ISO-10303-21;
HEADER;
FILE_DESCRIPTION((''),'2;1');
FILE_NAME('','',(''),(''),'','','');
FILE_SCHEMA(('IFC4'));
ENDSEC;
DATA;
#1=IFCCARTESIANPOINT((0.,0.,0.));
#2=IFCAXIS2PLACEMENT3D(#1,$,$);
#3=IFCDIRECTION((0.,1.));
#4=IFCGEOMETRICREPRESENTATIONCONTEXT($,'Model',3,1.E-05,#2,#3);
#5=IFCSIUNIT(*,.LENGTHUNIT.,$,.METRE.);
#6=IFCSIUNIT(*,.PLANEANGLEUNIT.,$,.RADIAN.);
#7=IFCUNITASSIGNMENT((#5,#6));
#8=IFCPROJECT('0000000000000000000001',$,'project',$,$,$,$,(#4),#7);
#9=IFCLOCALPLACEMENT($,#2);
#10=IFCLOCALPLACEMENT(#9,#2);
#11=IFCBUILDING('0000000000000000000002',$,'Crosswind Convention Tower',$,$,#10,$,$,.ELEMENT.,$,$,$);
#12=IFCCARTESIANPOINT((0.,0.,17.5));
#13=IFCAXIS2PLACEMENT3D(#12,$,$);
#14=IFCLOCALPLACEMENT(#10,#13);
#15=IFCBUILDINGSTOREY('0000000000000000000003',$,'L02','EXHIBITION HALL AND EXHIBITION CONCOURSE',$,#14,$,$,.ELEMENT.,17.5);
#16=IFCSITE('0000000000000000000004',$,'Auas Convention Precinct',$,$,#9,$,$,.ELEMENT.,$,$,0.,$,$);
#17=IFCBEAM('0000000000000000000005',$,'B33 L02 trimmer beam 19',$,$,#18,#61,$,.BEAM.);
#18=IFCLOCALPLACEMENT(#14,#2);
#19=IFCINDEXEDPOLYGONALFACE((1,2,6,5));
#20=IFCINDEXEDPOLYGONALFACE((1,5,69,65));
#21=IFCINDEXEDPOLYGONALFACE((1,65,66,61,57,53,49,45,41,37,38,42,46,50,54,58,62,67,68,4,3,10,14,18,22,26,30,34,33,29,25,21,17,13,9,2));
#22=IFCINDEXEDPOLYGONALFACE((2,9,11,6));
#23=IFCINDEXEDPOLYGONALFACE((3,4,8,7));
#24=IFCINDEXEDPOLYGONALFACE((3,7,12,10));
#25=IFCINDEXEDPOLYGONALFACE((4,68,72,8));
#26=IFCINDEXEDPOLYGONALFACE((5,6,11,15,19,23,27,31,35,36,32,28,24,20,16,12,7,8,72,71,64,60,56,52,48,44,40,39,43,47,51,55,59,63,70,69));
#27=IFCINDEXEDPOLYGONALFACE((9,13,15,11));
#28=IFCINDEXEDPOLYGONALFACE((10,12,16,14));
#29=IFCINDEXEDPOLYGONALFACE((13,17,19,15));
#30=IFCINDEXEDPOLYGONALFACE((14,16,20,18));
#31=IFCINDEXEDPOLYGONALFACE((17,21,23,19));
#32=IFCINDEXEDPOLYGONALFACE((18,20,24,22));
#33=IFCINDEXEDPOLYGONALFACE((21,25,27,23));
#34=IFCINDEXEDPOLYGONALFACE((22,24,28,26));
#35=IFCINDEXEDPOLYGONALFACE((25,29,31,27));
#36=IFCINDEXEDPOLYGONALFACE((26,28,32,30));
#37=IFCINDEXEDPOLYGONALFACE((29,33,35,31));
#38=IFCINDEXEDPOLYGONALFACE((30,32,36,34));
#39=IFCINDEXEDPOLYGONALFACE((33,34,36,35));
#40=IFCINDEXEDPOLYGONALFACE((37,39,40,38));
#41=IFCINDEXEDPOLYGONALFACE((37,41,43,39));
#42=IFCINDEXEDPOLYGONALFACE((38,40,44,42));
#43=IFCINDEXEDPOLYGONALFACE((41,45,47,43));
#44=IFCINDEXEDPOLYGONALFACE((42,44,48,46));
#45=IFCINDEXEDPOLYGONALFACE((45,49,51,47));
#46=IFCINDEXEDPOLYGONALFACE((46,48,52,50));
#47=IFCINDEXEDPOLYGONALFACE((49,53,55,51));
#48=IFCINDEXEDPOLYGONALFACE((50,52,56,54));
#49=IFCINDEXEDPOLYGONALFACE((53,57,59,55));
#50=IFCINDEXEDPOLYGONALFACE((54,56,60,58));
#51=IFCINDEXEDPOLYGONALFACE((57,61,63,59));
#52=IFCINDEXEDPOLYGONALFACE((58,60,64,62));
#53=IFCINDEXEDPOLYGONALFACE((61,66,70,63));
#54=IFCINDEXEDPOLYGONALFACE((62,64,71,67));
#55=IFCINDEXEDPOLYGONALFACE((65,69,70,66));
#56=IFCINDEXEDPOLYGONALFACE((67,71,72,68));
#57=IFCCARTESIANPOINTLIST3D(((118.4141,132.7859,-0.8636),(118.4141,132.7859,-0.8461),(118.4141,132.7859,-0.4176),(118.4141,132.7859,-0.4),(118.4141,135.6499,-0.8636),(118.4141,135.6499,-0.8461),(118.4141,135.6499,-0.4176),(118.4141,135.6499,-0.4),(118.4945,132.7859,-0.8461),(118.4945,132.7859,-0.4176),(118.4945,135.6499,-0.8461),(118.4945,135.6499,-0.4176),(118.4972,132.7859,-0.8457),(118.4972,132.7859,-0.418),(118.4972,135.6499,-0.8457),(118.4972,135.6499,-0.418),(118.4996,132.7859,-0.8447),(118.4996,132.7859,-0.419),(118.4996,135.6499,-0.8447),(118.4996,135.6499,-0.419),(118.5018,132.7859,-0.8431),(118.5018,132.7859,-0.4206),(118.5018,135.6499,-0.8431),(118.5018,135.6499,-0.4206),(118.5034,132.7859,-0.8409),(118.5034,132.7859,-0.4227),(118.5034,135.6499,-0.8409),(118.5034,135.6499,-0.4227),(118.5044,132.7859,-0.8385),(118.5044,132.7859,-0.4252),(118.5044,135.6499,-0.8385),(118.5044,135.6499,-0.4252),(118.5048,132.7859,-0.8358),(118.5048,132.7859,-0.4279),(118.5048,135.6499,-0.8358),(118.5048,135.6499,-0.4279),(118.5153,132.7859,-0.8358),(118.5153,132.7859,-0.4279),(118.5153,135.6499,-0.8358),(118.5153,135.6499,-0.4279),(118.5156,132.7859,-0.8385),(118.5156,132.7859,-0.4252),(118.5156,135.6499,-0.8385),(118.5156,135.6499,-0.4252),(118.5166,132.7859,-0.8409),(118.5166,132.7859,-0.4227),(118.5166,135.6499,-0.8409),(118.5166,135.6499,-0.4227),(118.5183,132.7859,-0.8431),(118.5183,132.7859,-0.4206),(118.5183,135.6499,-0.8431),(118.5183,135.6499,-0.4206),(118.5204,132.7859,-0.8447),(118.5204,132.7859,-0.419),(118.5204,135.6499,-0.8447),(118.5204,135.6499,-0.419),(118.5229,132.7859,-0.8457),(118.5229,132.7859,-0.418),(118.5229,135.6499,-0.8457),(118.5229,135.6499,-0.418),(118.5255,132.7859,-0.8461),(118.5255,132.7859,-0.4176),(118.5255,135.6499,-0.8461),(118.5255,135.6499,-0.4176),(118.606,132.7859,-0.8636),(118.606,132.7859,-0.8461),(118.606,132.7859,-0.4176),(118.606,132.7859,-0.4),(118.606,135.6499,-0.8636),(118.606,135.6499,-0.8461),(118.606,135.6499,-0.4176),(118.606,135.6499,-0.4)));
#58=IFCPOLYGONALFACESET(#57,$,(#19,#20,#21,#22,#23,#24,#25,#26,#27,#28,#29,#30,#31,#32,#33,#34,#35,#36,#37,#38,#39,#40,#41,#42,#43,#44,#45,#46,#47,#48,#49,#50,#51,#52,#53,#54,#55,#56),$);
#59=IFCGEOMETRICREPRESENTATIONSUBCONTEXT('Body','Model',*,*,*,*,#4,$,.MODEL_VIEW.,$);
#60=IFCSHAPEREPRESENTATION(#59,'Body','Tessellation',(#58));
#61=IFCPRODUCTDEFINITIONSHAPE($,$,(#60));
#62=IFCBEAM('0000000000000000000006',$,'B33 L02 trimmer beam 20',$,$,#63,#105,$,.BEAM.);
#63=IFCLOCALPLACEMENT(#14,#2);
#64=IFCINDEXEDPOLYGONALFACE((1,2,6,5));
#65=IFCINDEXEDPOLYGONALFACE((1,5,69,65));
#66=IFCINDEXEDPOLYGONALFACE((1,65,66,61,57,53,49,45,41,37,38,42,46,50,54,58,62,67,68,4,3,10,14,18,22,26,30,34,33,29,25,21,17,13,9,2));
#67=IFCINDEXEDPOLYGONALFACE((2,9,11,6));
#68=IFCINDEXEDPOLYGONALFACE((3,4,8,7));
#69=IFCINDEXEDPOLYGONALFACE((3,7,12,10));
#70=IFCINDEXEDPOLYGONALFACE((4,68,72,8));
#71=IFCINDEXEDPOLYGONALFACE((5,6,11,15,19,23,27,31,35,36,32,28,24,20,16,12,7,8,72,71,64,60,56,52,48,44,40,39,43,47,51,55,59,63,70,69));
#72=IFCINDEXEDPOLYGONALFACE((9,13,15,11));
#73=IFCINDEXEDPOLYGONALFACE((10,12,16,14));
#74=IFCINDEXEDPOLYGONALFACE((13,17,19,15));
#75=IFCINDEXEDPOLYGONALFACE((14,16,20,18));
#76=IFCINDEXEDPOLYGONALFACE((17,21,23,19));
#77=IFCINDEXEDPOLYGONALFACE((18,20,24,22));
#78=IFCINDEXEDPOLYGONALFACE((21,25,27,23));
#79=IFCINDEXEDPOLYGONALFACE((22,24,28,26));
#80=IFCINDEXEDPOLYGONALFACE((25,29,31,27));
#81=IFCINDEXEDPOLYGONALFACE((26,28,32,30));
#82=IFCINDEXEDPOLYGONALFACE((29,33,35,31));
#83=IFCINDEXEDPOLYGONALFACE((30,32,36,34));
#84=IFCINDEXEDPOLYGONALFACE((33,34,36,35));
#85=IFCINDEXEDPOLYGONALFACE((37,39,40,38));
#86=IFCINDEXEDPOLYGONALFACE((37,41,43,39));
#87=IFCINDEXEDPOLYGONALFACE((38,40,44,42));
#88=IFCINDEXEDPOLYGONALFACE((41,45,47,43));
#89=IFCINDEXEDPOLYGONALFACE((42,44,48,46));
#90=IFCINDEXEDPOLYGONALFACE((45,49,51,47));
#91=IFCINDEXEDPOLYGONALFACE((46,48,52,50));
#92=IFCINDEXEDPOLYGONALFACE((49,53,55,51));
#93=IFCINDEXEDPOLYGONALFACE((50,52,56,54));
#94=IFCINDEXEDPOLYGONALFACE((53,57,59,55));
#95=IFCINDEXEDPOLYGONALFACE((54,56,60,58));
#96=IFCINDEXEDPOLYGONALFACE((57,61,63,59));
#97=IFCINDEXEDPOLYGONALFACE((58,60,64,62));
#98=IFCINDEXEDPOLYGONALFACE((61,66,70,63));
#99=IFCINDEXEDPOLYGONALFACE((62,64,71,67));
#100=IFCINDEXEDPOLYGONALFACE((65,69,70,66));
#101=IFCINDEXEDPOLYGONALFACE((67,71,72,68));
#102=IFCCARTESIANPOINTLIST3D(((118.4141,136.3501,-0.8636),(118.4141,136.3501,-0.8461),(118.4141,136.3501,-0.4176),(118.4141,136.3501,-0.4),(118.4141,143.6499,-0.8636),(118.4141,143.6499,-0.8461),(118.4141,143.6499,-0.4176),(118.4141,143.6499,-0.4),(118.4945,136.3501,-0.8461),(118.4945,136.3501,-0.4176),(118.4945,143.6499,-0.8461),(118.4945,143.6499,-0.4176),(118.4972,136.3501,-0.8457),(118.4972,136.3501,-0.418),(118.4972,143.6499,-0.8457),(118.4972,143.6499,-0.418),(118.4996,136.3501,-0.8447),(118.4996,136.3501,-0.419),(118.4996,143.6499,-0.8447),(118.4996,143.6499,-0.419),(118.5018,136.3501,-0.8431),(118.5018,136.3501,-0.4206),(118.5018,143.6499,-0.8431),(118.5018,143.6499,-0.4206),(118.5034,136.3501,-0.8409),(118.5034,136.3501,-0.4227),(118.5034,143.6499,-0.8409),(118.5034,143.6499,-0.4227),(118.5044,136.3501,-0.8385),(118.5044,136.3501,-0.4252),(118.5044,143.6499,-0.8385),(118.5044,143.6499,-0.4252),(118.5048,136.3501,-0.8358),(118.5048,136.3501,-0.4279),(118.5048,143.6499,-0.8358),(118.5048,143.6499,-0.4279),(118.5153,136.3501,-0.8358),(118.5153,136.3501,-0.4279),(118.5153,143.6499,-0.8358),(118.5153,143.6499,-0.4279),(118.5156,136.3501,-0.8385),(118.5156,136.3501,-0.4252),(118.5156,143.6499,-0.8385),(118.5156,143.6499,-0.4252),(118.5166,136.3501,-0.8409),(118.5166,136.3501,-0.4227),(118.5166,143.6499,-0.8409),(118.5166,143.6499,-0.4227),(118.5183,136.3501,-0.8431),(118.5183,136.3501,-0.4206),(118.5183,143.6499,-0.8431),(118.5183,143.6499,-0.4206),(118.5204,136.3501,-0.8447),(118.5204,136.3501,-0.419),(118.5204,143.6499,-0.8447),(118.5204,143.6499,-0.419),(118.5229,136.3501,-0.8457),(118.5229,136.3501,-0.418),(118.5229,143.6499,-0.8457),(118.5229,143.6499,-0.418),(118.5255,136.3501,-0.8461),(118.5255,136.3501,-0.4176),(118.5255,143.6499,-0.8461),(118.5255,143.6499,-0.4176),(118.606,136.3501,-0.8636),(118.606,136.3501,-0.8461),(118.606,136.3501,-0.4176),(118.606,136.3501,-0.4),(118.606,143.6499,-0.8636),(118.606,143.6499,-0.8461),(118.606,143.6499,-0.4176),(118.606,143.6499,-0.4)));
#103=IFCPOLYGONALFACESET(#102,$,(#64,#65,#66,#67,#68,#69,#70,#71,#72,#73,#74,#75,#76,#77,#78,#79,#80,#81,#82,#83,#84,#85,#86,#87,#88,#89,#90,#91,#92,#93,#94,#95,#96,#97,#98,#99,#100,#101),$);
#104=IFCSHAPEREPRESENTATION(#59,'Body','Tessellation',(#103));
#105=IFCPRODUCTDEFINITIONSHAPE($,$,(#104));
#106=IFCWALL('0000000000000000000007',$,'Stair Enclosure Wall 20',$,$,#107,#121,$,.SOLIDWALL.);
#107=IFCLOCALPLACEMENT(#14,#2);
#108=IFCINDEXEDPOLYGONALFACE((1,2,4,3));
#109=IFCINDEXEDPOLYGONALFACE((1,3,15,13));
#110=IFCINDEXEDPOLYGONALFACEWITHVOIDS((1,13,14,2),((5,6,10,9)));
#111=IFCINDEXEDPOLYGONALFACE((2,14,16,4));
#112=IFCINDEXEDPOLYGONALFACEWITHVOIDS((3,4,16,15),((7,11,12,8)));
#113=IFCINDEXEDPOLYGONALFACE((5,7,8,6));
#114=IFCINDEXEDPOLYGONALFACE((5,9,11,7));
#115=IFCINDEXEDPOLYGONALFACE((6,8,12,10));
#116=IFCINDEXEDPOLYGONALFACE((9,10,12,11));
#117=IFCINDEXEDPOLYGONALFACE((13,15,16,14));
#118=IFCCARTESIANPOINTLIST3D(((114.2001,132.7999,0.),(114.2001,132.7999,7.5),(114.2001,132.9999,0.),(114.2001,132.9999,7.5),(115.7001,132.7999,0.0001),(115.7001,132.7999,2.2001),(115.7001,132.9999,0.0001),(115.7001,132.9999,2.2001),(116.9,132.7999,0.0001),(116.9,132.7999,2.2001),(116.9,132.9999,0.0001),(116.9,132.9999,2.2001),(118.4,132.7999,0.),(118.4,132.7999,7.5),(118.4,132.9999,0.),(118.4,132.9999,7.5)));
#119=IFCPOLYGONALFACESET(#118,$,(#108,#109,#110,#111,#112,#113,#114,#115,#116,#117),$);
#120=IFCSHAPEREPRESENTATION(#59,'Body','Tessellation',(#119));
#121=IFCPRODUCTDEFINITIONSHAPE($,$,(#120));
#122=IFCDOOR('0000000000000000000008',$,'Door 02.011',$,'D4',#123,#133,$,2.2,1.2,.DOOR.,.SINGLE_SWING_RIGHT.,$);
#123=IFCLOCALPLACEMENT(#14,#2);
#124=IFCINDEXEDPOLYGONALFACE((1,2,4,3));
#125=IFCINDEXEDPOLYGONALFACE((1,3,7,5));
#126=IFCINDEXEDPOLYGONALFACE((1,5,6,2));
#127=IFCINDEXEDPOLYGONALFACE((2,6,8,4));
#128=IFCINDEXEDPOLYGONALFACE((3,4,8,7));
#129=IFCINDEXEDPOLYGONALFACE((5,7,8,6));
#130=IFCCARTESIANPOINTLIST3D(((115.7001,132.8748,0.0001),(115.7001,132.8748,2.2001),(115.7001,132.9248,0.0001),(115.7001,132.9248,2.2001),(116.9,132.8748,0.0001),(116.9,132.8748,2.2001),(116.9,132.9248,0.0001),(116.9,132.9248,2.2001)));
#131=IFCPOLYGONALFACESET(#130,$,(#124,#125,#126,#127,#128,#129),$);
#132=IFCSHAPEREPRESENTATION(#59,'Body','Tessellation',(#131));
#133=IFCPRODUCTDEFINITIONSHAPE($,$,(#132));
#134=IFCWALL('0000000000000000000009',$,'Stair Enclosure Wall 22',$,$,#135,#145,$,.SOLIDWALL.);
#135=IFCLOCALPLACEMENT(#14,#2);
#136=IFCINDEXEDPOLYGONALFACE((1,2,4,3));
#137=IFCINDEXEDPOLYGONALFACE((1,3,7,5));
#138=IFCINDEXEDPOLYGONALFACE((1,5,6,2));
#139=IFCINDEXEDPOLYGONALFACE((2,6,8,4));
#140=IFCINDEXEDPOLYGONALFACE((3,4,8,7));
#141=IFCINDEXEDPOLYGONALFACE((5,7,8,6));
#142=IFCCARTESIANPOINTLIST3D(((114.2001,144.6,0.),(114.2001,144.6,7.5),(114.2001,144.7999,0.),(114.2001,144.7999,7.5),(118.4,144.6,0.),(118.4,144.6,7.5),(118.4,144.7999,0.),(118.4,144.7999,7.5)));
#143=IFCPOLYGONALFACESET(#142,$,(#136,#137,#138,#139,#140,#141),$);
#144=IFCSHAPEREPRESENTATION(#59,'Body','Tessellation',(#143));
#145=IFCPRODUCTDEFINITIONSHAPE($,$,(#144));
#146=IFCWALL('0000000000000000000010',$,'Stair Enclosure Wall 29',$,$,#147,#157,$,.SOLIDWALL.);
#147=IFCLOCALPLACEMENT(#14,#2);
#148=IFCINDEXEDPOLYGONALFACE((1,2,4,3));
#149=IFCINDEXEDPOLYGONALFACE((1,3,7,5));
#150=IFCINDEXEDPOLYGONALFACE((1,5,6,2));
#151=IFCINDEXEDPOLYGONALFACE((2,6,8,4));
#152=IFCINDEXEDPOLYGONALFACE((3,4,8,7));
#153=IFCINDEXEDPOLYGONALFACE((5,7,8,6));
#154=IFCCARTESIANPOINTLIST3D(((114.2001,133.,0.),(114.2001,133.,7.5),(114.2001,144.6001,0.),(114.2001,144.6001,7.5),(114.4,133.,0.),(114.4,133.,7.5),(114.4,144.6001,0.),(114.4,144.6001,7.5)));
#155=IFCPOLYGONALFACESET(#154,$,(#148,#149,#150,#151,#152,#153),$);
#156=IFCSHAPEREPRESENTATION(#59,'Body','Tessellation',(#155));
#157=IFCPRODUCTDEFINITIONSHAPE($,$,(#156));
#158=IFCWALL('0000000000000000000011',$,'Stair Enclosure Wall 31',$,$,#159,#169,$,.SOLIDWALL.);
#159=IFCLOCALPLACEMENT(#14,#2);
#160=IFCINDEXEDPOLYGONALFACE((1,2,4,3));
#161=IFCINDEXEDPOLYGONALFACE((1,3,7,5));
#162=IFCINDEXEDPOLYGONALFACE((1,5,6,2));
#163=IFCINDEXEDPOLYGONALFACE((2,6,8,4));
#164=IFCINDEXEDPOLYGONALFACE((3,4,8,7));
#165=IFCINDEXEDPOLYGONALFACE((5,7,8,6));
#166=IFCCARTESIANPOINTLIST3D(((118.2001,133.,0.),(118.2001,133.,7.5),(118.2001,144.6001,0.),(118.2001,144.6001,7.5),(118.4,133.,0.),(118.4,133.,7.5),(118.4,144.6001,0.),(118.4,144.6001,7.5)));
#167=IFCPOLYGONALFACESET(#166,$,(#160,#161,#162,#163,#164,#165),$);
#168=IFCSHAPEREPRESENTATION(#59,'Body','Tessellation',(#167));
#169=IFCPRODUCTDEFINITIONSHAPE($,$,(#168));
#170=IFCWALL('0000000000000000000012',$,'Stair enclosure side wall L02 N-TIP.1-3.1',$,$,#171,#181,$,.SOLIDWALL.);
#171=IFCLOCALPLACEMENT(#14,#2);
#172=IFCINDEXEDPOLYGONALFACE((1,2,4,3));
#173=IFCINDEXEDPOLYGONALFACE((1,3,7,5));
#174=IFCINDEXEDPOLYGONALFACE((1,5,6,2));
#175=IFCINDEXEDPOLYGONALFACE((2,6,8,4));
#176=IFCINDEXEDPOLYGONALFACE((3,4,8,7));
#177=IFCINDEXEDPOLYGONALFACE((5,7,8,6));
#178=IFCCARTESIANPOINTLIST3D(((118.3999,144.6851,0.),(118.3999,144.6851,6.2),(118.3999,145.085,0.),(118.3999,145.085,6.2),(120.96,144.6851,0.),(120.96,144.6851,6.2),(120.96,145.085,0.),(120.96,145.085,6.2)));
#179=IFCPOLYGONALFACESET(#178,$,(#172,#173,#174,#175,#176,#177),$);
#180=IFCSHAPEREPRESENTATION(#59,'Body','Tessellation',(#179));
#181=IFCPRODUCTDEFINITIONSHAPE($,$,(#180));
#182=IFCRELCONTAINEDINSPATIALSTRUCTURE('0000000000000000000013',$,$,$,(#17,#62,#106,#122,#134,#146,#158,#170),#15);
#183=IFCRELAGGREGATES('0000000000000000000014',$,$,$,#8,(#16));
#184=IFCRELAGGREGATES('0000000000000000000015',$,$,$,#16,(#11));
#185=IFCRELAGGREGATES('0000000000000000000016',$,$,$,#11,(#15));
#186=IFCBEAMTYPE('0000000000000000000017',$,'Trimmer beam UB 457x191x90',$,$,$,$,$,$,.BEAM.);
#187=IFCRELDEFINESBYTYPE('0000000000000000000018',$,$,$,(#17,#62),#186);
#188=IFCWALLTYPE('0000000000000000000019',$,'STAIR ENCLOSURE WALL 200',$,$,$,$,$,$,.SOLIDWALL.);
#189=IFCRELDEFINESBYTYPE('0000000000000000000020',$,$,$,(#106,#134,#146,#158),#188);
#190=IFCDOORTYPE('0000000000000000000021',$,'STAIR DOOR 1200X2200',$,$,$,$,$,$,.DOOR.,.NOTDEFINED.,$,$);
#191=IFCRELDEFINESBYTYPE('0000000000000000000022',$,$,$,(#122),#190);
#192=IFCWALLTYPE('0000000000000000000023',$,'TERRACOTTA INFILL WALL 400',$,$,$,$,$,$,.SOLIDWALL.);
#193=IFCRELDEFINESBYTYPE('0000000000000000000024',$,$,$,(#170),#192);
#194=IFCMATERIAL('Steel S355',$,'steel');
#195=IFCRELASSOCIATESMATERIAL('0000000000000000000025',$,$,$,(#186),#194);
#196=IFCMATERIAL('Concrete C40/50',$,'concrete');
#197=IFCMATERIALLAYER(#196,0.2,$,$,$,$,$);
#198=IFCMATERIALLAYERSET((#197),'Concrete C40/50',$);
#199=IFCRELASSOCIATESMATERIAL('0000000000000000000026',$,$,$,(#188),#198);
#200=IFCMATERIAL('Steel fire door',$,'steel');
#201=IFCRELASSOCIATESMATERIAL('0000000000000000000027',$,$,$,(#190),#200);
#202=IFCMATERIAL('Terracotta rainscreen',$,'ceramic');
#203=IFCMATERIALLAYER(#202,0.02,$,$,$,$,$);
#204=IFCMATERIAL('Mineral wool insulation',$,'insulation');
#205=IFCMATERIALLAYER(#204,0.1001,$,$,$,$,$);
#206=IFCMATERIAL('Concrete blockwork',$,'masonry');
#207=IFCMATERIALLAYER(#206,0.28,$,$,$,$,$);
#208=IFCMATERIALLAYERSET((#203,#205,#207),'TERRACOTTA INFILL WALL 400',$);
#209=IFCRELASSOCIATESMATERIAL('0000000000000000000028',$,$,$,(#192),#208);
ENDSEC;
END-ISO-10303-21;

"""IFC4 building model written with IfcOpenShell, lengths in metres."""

from ifc_helpers import new_model, si_unit, direction, frame, frame_2d, origin, origin_2d, place, context, subcontext, project, spatial, rectangle, i_section, extrude, material, layer, layer_set, material_profile, profile_set, type_object, element, fill, save


model = new_model("IFC4")

# Units and contexts
model_context = context("Model", 3, precision=1e-05, world=origin(), true_north=direction((0.0, 1.0)))
body_context = subcontext(model_context, "Body", "Model", "MODEL_VIEW")
ifc_project = project(units=[si_unit("LENGTHUNIT", "METRE"), si_unit("PLANEANGLEUNIT", "RADIAN")], contexts=[model_context])

# Site, building, storey
site_placement = place(None, origin())
site = spatial("IfcSite", under=ifc_project, at=site_placement, Name="Auas Convention Precinct", CompositionType="ELEMENT", RefElevation=0.0)
building_placement = place(site_placement, origin())
building = spatial("IfcBuilding", under=site, at=building_placement, Name="Crosswind Convention Tower", CompositionType="ELEMENT")
storey_placement = place(building_placement, frame((0.0, 0.0, 17.5)))
storey = spatial("IfcBuildingStorey", under=building, at=storey_placement, Name="L02", Description="EXHIBITION HALL AND EXHIBITION CONCOURSE", CompositionType="ELEMENT", Elevation=17.5)

# Shared definitions
ifc_material_1 = material(Name="Steel S355", Category="steel")

# Beams
ifc_material_profile_1 = material_profile(ifc_material_1, i_section(OverallWidth=0.1919, OverallDepth=0.4636, WebThickness=0.0105, FlangeThickness=0.0176, FilletRadius=0.0103, at=origin_2d()), Name="UB 457x191x90")
ifc_profile_set_1 = profile_set([ifc_material_profile_1], Name="Steel S355")
beam_type_1 = type_object("IfcBeamType", Name="Trimmer beam UB 457x191x90", PredefinedType="BEAM", material=ifc_profile_set_1)
beam_1_placement = place(storey_placement, frame((118.51, 132.7859, -0.6318), z_axis=(0.0, 1.0, 0.0), x_axis=(-1.0, 0.0, 0.0)))
element("IfcBeam", 1, at=beam_1_placement, inside=storey, type_object=beam_type_1, Name="B33 L02 trimmer beam 19", PredefinedType="BEAM", context=body_context, shape_type="SweptSolid", body=[
    extrude(i_section(OverallWidth=0.1919, OverallDepth=0.4636, WebThickness=0.0105, FlangeThickness=0.0176, FilletRadius=0.0103, at=origin_2d()), origin(), (0.0, 0.0, 1.0), 2.864),
])
beam_2_placement = place(storey_placement, frame((118.51, 136.3501, -0.6318), z_axis=(0.0, 1.0, 0.0), x_axis=(-1.0, 0.0, 0.0)))
element("IfcBeam", 2, at=beam_2_placement, inside=storey, type_object=beam_type_1, Name="B33 L02 trimmer beam 20", PredefinedType="BEAM", context=body_context, shape_type="SweptSolid", body=[
    extrude(i_section(OverallWidth=0.1919, OverallDepth=0.4636, WebThickness=0.0105, FlangeThickness=0.0176, FilletRadius=0.0103, at=origin_2d()), origin(), (0.0, 0.0, 1.0), 7.2998),
])

# Wall, opening, door
ifc_material_2 = material(Name="Concrete C40/50", Category="concrete")
ifc_layer_1 = layer(ifc_material_2, 0.2)
ifc_layer_set_1 = layer_set([ifc_layer_1], Name="Concrete C40/50")
wall_type_1 = type_object("IfcWallType", Name="STAIR ENCLOSURE WALL 200", PredefinedType="SOLIDWALL", material=ifc_layer_set_1)
wall_1_placement = place(storey_placement, frame((114.2, 132.8999, 0.0), z_axis=(0.0, 0.0, 1.0), x_axis=(1.0, 0.0, 0.0)))
wall_1 = element("IfcWall", 3, at=wall_1_placement, inside=storey, type_object=wall_type_1, Name="Stair Enclosure Wall 20", PredefinedType="SOLIDWALL", context=body_context, shape_type="SweptSolid", body=[
    extrude(rectangle(XDim=4.2, YDim=0.2, at=frame_2d((2.1001, 0.0))), origin(), (0.0, 0.0, 1.0), 7.5),
])
opening_placement = place(wall_1_placement, frame((1.5, 0.0, 0.0)))
opening = element("IfcOpeningElement", 4, at=opening_placement, cuts=wall_1, PredefinedType="OPENING", context=body_context, shape_type="SweptSolid", body=[
    extrude(rectangle(XDim=1.2, YDim=2.2, at=frame_2d((0.6001, 1.1001))), frame((0.0, 0.1099, 0.0), z_axis=(0.0, -1.0, 0.0), x_axis=(1.0, 0.0, 0.0)), (0.0, 0.0, 1.0), 0.22),
])
ifc_material_3 = material(Name="Steel fire door", Category="steel")
door_type = type_object("IfcDoorType", Name="STAIR DOOR 1200X2200", OperationType="NOTDEFINED", PredefinedType="DOOR", material=ifc_material_3)
door_placement = place(opening_placement, origin())
door = element("IfcDoor", 5, at=door_placement, inside=storey, type_object=door_type, Name="Door 02.011", ObjectType="D4", OperationType="SINGLE_SWING_RIGHT", OverallHeight=2.2, OverallWidth=1.2, PredefinedType="DOOR", context=body_context, shape_type="SweptSolid", body=[
    extrude(rectangle(XDim=1.2, YDim=2.2, at=frame_2d((0.6001, 1.1001))), frame((0.0, 0.0249, 0.0), z_axis=(0.0, -1.0, 0.0), x_axis=(1.0, 0.0, 0.0)), (0.0, 0.0, 1.0), 0.05),
])
fill(opening, door)

# Walls
wall_2_placement = place(storey_placement, frame((114.2, 144.7, 0.0), z_axis=(0.0, 0.0, 1.0), x_axis=(1.0, 0.0, 0.0)))
element("IfcWall", 6, at=wall_2_placement, inside=storey, type_object=wall_type_1, Name="Stair Enclosure Wall 22", PredefinedType="SOLIDWALL", context=body_context, shape_type="SweptSolid", body=[
    extrude(rectangle(XDim=4.2, YDim=0.2, at=frame_2d((2.1001, 0.0))), origin(), (0.0, 0.0, 1.0), 7.5),
])
for number, where, z_axis, x_axis, name in (
    (7, (114.3, 133.0, 0.0), (0.0, 0.0, 1.0), (0.0, 1.0, 0.0), "Stair Enclosure Wall 29"),
    (8, (118.3, 133.0, 0.0), (0.0, 0.0, 1.0), (0.0, 1.0, 0.0), "Stair Enclosure Wall 31"),
):
    element("IfcWall", number, at=place(storey_placement, frame(where, z_axis=z_axis, x_axis=x_axis)), inside=storey, type_object=wall_type_1, Name=name, PredefinedType="SOLIDWALL", context=body_context, shape_type="SweptSolid", body=[
        extrude(rectangle(XDim=11.6001, YDim=0.2, at=frame_2d((5.8, 0.0))), origin(), (0.0, 0.0, 1.0), 7.5),
    ])
ifc_material_4 = material(Name="Terracotta rainscreen", Category="ceramic")
ifc_layer_2 = layer(ifc_material_4, 0.02)
ifc_material_5 = material(Name="Mineral wool insulation", Category="insulation")
ifc_layer_3 = layer(ifc_material_5, 0.1001)
ifc_material_6 = material(Name="Concrete blockwork", Category="masonry")
ifc_layer_4 = layer(ifc_material_6, 0.28)
ifc_layer_set_2 = layer_set([ifc_layer_2, ifc_layer_3, ifc_layer_4], Name="TERRACOTTA INFILL WALL 400")
wall_type_2 = type_object("IfcWallType", Name="TERRACOTTA INFILL WALL 400", PredefinedType="SOLIDWALL", material=ifc_layer_set_2)
wall_3_placement = place(storey_placement, frame((120.96, 144.885, 0.0), z_axis=(0.0, 0.0, 1.0), x_axis=(-1.0, 0.0, 0.0)))
element("IfcWall", 9, at=wall_3_placement, inside=storey, type_object=wall_type_2, Name="Stair enclosure side wall L02 N-TIP.1-3.1", PredefinedType="SOLIDWALL", context=body_context, shape_type="SweptSolid", body=[
    extrude(rectangle(XDim=2.5601, YDim=0.3999, at=frame_2d((1.28, 0.0))), origin(), (0.0, 0.0, 1.0), 6.2),
])

save(model, "model.ifc")
